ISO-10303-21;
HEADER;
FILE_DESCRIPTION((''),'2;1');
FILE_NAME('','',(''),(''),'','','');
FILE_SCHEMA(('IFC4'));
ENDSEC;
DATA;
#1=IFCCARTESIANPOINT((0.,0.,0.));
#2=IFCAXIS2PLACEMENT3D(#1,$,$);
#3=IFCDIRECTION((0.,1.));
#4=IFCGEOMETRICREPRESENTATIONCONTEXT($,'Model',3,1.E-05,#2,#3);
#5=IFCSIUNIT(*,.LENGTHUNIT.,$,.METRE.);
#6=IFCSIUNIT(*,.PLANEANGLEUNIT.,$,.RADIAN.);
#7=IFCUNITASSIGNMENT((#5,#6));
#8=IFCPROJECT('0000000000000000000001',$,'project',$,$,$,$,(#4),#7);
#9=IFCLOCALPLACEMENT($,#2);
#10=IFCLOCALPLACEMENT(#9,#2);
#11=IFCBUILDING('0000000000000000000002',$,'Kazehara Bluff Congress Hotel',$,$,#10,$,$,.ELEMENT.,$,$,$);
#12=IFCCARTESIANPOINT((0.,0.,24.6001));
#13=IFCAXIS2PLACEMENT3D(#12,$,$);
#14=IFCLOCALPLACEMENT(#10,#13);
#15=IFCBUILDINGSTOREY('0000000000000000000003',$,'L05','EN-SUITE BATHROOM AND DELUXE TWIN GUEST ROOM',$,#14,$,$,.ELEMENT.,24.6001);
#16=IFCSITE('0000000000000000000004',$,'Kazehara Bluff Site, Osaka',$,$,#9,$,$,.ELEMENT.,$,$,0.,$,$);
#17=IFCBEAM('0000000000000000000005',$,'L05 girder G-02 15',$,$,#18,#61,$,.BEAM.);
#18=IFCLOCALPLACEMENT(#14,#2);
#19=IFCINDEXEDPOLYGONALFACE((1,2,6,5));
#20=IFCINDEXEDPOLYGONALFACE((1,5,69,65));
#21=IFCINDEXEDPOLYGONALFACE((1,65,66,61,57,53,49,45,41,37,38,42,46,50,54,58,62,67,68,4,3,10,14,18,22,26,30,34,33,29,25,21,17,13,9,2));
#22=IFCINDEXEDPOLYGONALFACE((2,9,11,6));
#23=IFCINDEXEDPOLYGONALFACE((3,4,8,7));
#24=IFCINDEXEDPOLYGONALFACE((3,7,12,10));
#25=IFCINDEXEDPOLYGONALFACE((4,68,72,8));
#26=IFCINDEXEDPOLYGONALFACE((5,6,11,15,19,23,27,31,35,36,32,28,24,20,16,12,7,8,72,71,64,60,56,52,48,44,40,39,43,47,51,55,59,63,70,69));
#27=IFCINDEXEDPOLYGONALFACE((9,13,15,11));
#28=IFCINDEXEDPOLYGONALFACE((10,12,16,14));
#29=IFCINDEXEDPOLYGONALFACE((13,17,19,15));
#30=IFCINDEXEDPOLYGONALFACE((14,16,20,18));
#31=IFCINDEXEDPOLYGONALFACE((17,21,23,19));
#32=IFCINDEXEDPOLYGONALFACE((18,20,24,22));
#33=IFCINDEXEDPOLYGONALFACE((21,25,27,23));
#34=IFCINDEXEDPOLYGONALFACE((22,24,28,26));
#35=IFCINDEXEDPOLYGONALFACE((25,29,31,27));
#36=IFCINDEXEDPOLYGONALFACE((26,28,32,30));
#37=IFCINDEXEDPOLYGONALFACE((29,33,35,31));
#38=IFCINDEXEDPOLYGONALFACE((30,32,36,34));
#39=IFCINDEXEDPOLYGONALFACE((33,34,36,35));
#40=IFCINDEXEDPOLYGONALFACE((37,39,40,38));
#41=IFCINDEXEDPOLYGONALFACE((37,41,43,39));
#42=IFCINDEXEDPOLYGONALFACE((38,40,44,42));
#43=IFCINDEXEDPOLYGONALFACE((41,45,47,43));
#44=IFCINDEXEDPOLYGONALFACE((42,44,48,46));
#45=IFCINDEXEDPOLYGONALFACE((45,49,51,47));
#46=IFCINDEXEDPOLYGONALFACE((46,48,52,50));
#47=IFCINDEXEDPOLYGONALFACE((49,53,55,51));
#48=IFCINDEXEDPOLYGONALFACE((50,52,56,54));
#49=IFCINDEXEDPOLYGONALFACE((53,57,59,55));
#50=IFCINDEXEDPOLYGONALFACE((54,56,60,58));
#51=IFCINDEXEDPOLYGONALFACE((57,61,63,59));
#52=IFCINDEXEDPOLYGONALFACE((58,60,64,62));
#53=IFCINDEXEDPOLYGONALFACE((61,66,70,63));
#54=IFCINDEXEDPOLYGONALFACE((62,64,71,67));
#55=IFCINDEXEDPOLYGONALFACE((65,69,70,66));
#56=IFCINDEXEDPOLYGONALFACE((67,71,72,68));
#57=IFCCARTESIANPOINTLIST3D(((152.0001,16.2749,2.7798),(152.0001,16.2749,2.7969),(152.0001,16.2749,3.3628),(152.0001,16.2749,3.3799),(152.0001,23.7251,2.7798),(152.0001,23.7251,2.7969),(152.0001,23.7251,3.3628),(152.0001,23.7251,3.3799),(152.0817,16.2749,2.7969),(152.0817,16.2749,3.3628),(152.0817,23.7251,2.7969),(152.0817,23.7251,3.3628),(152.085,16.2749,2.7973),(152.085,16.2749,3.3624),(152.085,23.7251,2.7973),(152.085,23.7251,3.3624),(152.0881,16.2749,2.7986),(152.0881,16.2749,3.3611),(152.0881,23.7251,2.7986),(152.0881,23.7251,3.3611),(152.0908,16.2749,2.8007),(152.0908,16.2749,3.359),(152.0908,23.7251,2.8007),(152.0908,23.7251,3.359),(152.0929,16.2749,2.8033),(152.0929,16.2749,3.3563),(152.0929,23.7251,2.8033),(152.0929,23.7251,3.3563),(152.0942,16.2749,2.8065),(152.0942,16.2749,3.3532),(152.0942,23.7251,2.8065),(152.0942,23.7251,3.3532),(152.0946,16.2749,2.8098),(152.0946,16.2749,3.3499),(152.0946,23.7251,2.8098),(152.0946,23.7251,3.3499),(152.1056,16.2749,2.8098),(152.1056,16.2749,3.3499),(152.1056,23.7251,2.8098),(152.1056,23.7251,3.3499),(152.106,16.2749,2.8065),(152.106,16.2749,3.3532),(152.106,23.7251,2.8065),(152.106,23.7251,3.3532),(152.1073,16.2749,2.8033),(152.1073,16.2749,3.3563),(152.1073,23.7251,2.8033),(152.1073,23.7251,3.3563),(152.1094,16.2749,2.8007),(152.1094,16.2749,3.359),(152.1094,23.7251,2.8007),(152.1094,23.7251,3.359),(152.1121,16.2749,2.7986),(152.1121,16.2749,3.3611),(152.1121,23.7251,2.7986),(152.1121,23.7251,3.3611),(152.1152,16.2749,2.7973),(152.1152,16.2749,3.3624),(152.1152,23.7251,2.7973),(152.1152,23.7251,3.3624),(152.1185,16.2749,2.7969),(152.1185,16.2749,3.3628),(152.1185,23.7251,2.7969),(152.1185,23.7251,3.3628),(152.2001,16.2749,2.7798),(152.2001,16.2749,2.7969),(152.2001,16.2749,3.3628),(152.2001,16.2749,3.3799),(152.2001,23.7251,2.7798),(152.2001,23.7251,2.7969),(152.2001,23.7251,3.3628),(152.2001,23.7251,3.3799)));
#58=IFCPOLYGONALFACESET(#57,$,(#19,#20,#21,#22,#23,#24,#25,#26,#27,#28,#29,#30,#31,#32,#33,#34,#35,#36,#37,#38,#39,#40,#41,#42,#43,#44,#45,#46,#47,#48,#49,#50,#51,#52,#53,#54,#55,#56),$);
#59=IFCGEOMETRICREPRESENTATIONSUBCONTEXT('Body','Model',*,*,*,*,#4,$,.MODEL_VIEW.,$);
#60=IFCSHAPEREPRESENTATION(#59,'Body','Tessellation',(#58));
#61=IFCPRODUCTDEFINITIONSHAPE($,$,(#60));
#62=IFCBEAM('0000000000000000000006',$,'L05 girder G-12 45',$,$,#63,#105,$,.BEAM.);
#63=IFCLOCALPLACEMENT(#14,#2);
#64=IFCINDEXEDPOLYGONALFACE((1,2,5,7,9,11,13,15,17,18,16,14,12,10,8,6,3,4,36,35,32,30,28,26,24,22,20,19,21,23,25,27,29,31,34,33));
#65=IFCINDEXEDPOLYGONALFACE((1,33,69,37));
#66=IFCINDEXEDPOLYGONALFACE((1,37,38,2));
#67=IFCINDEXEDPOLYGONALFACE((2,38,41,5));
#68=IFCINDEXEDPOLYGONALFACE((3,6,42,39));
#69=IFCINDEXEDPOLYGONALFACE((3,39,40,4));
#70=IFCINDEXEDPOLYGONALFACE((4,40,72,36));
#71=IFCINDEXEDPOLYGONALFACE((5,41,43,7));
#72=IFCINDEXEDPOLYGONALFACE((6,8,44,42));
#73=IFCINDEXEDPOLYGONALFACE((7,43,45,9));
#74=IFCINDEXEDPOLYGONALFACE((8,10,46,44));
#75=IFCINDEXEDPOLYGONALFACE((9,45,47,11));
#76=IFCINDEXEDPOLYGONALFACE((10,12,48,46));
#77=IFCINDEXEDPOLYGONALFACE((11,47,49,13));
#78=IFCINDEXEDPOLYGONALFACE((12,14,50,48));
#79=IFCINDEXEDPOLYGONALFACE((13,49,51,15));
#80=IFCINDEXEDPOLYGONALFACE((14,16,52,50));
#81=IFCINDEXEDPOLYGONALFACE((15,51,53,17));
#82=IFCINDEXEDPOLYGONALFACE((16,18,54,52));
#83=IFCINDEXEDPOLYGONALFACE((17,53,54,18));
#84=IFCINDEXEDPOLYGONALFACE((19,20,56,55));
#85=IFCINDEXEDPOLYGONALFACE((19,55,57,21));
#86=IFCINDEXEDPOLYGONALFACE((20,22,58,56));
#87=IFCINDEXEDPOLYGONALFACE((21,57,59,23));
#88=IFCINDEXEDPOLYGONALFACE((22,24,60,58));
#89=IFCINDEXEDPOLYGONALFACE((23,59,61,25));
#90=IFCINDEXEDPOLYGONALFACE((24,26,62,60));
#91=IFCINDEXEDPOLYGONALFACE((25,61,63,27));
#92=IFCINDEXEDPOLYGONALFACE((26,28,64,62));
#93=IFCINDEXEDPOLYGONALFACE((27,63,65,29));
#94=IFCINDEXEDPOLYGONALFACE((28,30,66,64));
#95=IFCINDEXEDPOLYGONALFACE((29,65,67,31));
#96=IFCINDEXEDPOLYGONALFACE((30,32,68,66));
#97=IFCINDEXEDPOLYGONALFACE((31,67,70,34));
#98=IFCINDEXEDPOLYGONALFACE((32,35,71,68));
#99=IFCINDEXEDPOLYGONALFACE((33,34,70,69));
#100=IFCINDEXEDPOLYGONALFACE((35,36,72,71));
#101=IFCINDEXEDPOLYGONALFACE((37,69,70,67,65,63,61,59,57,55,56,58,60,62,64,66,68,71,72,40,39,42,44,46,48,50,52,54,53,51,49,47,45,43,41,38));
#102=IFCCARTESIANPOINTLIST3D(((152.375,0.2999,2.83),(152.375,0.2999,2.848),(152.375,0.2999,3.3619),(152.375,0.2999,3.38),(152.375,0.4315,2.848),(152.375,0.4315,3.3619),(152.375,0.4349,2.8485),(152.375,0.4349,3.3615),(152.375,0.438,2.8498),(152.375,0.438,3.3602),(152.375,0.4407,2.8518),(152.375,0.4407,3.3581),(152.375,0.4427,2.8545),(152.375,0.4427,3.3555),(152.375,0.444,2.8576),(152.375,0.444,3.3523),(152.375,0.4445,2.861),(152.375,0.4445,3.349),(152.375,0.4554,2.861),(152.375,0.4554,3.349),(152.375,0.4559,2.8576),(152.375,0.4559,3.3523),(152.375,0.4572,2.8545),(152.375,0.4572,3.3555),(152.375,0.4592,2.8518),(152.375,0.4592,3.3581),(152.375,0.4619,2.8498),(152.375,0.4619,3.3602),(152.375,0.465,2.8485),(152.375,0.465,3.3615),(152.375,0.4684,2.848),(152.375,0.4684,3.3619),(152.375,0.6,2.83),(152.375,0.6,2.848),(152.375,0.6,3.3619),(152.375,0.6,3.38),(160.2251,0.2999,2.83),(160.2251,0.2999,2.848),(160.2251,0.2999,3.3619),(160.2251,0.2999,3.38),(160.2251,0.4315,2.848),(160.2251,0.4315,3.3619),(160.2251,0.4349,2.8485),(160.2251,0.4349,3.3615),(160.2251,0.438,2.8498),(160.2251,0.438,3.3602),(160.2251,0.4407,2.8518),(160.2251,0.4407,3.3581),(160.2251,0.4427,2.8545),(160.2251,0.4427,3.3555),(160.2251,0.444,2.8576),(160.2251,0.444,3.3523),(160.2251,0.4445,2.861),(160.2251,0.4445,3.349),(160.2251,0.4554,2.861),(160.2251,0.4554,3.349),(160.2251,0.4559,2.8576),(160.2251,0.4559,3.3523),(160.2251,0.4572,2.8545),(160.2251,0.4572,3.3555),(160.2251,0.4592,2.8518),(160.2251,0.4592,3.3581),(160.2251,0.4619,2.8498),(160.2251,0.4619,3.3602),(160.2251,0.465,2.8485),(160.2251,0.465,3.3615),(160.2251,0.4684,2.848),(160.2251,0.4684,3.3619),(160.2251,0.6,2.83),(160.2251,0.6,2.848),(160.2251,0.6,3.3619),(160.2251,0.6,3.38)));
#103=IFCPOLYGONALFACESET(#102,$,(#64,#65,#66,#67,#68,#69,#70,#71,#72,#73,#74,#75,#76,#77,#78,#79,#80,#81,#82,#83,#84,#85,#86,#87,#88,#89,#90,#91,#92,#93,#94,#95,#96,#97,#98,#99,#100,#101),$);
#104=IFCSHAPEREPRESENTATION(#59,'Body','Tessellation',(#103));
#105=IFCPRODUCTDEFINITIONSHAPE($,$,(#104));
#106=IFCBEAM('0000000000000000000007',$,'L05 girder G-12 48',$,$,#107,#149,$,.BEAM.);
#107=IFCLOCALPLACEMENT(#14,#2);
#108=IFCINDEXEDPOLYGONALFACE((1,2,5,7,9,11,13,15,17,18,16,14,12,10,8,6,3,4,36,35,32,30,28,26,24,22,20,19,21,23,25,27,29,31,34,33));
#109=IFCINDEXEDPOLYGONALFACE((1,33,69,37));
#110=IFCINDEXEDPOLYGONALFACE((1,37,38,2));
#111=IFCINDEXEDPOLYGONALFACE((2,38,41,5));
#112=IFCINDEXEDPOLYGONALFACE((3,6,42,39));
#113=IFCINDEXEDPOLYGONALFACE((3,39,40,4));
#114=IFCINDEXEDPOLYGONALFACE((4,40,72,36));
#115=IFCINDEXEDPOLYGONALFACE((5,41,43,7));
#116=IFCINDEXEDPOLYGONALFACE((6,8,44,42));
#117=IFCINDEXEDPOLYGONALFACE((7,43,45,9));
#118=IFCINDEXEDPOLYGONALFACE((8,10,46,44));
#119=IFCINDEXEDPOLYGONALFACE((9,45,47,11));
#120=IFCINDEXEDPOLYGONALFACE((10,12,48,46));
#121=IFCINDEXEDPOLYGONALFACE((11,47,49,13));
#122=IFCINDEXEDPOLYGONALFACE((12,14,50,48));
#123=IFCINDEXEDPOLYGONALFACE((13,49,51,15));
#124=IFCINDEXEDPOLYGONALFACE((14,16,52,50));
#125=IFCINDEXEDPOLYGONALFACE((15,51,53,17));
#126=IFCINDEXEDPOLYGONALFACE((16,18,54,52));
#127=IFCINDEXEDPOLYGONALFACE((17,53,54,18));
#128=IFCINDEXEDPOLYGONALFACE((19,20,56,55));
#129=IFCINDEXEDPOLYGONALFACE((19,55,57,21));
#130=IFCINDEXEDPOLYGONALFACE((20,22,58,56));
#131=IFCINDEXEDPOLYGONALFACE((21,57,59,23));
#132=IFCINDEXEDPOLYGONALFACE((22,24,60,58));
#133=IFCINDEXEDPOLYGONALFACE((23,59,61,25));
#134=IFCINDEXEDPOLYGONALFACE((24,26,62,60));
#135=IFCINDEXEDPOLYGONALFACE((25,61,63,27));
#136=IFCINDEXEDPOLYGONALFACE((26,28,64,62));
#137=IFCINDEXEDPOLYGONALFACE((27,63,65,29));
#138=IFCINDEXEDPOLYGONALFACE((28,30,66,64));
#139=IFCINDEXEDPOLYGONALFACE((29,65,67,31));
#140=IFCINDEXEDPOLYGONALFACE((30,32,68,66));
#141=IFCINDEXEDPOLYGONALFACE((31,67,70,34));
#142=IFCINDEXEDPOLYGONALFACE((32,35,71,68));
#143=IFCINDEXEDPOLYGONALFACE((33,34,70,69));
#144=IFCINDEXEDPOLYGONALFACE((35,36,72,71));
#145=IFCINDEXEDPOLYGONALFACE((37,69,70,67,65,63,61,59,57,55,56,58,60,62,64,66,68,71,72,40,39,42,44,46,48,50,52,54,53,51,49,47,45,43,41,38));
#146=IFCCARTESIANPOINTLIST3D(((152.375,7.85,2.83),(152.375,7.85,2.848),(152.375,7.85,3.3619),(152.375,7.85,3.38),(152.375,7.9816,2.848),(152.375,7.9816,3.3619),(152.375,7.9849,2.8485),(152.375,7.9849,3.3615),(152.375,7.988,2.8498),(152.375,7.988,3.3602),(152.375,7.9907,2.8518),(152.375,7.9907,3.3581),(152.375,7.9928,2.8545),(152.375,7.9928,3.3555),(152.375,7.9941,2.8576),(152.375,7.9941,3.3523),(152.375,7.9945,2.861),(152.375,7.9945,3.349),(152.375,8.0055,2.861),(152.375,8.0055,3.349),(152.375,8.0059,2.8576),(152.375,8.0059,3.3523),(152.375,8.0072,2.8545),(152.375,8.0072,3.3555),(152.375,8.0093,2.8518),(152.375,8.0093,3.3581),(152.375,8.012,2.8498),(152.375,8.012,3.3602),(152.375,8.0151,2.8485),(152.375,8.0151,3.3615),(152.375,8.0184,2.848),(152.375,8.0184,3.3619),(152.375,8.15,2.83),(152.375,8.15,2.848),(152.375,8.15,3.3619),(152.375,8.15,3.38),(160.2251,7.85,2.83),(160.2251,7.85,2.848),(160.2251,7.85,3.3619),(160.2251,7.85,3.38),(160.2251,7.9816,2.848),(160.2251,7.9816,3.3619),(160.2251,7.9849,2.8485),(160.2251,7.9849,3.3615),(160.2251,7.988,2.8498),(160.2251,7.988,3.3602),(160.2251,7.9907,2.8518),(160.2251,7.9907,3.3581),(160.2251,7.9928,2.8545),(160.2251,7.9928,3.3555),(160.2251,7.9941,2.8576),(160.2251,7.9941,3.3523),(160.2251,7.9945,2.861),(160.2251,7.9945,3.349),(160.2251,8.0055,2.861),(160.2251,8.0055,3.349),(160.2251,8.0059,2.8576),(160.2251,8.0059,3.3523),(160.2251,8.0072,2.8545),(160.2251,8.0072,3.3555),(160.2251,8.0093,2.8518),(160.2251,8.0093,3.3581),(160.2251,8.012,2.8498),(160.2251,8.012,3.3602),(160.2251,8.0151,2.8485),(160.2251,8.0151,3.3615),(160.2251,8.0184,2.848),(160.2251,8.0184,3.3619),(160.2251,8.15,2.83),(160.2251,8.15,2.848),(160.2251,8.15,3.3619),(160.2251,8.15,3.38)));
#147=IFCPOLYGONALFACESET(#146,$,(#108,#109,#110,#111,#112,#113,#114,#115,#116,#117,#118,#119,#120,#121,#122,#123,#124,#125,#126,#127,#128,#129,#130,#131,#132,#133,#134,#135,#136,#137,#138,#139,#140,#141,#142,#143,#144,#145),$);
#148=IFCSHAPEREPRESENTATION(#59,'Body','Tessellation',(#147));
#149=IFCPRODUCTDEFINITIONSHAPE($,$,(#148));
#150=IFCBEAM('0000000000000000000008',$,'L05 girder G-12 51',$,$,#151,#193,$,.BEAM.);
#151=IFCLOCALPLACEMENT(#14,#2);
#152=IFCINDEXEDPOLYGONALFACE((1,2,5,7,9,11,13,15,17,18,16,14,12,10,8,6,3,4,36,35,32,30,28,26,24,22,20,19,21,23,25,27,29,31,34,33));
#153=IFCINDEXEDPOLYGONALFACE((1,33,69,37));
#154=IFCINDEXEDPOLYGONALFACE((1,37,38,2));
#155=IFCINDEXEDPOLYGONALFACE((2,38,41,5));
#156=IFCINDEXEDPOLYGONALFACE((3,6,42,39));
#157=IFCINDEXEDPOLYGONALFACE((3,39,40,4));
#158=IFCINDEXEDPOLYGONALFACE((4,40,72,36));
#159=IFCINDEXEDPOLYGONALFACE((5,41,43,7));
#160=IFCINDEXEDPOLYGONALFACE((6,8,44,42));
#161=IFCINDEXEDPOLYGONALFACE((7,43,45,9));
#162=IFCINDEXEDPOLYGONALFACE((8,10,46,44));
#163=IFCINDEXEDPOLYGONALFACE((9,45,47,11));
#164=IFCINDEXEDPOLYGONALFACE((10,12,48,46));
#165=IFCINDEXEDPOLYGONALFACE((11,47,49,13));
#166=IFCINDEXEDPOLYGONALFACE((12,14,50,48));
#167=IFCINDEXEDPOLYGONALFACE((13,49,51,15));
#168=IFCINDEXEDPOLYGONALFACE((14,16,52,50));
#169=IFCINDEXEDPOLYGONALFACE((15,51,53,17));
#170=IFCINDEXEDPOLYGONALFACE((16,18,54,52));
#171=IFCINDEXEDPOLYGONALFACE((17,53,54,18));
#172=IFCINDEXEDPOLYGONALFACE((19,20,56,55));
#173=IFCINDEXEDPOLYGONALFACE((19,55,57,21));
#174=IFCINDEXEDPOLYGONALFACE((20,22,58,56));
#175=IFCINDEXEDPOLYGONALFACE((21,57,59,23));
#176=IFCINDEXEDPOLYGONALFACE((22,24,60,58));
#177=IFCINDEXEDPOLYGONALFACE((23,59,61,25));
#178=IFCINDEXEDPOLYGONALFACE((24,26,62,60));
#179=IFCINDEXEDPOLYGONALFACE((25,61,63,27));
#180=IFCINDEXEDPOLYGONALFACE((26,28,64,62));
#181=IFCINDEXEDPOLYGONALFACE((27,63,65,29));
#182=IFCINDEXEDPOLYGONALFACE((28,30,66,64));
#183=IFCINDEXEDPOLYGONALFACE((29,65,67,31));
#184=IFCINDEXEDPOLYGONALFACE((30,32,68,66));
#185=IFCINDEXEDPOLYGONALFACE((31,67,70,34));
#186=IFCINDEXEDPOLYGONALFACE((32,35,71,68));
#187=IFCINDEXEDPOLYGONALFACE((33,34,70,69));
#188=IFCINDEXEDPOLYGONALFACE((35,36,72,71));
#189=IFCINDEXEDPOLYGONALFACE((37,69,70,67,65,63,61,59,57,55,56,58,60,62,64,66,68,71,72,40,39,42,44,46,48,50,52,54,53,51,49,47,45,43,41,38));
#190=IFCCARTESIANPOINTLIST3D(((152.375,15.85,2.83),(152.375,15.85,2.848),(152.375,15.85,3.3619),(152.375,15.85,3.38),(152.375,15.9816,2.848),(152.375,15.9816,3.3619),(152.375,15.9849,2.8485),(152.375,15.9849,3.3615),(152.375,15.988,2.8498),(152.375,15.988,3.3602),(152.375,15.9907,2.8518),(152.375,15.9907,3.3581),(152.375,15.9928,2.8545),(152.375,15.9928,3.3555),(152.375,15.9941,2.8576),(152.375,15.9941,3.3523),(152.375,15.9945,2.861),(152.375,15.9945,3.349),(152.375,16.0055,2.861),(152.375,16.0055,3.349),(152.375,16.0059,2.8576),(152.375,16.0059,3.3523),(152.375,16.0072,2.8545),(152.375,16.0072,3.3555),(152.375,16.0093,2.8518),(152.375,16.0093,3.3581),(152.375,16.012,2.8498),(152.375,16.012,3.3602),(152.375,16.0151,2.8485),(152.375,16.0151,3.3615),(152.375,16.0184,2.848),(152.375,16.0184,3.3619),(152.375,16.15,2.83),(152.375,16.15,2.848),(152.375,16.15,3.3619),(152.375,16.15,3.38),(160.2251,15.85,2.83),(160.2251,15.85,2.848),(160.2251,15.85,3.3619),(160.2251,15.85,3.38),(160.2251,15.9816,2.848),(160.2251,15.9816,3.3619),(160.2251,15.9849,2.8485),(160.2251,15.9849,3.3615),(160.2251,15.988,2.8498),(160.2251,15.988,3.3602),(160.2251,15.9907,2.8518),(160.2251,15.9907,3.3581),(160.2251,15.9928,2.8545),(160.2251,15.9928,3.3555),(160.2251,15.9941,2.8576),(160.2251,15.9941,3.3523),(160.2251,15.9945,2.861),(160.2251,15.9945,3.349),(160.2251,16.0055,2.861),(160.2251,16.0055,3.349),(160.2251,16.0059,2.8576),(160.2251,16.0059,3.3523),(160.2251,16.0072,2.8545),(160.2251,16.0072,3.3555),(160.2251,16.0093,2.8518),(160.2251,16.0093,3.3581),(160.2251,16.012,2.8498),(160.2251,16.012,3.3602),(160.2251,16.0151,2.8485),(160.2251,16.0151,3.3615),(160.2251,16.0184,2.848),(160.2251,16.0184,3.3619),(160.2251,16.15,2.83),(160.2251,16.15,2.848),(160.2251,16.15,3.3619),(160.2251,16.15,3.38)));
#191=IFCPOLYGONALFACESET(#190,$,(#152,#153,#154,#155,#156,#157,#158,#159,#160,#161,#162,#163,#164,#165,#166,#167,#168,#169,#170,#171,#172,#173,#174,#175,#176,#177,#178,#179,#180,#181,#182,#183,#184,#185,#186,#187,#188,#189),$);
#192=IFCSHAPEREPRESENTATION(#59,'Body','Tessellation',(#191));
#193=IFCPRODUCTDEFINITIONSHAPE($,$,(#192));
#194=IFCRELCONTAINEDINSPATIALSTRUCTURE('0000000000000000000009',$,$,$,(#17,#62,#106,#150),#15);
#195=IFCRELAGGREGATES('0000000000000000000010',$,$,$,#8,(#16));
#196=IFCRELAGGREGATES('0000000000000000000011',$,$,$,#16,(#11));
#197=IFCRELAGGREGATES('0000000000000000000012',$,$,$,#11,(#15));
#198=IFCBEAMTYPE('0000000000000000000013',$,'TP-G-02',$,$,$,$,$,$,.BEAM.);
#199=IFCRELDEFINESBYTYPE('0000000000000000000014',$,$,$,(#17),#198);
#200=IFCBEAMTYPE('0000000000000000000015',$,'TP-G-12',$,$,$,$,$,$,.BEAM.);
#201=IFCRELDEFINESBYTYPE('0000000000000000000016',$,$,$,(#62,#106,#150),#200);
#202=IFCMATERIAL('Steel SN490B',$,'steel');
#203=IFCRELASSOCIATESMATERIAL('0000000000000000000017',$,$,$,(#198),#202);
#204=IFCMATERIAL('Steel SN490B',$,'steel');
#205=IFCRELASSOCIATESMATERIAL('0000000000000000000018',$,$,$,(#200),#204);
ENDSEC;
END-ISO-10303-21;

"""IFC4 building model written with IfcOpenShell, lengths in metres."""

from ifc_helpers import new_model, si_unit, direction, frame, origin, origin_2d, place, context, subcontext, project, spatial, i_section, extrude, material, material_profile, profile_set, type_object, element, save


model = new_model("IFC4")

# Units and contexts
model_context = context("Model", 3, precision=1e-05, world=origin(), true_north=direction((0.0, 1.0)))
body_context = subcontext(model_context, "Body", "Model", "MODEL_VIEW")
ifc_project = project(units=[si_unit("LENGTHUNIT", "METRE"), si_unit("PLANEANGLEUNIT", "RADIAN")], contexts=[model_context])

# Site, building, storey
site_placement = place(None, origin())
site = spatial("IfcSite", under=ifc_project, at=site_placement, Name="Kazehara Bluff Site, Osaka", CompositionType="ELEMENT", RefElevation=0.0)
building_placement = place(site_placement, origin())
building = spatial("IfcBuilding", under=site, at=building_placement, Name="Kazehara Bluff Congress Hotel", CompositionType="ELEMENT")
storey_placement = place(building_placement, frame((0.0, 0.0, 24.6001)))
storey = spatial("IfcBuildingStorey", under=building, at=storey_placement, Name="L05", Description="EN-SUITE BATHROOM AND DELUXE TWIN GUEST ROOM", CompositionType="ELEMENT", Elevation=24.6001)

# Beams
ifc_material_1 = material(Name="Steel SN490B", Category="steel")
ifc_material_profile_1 = material_profile(ifc_material_1, i_section(OverallWidth=0.2, OverallDepth=0.6001, WebThickness=0.011, FlangeThickness=0.0171, FilletRadius=0.0129, at=origin_2d()))
ifc_profile_set_1 = profile_set([ifc_material_profile_1], Name="Steel SN490B")
beam_type_1 = type_object("IfcBeamType", Name="TP-G-02", PredefinedType="BEAM", material=ifc_profile_set_1)
for number, where, z_axis, x_axis, name in (
    (1, (152.1001, 16.2749, 3.0798), (0.0, 1.0, 0.0), (-1.0, 0.0, 0.0), "L05 girder G-02 15"),
):
    element("IfcBeam", number, at=place(storey_placement, frame(where, z_axis=z_axis, x_axis=x_axis)), inside=storey, type_object=beam_type_1, Name=name, PredefinedType="BEAM", context=body_context, shape_type="SweptSolid", body=[
        extrude(i_section(OverallWidth=0.2, OverallDepth=0.6001, WebThickness=0.011, FlangeThickness=0.0171, FilletRadius=0.0129, at=origin_2d()), origin(), (0.0, 0.0, 1.0), 7.4502),
    ])
ifc_material_2 = material(Name="Steel SN490B", Category="steel")
ifc_material_profile_2 = material_profile(ifc_material_2, i_section(OverallWidth=0.3, OverallDepth=0.55, WebThickness=0.011, FlangeThickness=0.0181, FilletRadius=0.0129, at=origin_2d()))
ifc_profile_set_2 = profile_set([ifc_material_profile_2], Name="Steel SN490B")
beam_type_2 = type_object("IfcBeamType", Name="TP-G-12", PredefinedType="BEAM", material=ifc_profile_set_2)
for number, where, z_axis, x_axis, name in (
    (2, (152.375, 0.45, 3.105), (1.0, 0.0, 0.0), (0.0, 1.0, 0.0), "L05 girder G-12 45"),
    (3, (152.375, 8.0, 3.105), (1.0, 0.0, 0.0), (0.0, 1.0, 0.0), "L05 girder G-12 48"),
    (4, (152.375, 16.0, 3.105), (1.0, 0.0, 0.0), (0.0, 1.0, 0.0), "L05 girder G-12 51"),
):
    element("IfcBeam", number, at=place(storey_placement, frame(where, z_axis=z_axis, x_axis=x_axis)), inside=storey, type_object=beam_type_2, Name=name, PredefinedType="BEAM", context=body_context, shape_type="SweptSolid", body=[
        extrude(i_section(OverallWidth=0.3, OverallDepth=0.55, WebThickness=0.011, FlangeThickness=0.0181, FilletRadius=0.0129, at=origin_2d()), origin(), (0.0, 0.0, 1.0), 7.8501),
    ])

save(model, "model.ifc")
